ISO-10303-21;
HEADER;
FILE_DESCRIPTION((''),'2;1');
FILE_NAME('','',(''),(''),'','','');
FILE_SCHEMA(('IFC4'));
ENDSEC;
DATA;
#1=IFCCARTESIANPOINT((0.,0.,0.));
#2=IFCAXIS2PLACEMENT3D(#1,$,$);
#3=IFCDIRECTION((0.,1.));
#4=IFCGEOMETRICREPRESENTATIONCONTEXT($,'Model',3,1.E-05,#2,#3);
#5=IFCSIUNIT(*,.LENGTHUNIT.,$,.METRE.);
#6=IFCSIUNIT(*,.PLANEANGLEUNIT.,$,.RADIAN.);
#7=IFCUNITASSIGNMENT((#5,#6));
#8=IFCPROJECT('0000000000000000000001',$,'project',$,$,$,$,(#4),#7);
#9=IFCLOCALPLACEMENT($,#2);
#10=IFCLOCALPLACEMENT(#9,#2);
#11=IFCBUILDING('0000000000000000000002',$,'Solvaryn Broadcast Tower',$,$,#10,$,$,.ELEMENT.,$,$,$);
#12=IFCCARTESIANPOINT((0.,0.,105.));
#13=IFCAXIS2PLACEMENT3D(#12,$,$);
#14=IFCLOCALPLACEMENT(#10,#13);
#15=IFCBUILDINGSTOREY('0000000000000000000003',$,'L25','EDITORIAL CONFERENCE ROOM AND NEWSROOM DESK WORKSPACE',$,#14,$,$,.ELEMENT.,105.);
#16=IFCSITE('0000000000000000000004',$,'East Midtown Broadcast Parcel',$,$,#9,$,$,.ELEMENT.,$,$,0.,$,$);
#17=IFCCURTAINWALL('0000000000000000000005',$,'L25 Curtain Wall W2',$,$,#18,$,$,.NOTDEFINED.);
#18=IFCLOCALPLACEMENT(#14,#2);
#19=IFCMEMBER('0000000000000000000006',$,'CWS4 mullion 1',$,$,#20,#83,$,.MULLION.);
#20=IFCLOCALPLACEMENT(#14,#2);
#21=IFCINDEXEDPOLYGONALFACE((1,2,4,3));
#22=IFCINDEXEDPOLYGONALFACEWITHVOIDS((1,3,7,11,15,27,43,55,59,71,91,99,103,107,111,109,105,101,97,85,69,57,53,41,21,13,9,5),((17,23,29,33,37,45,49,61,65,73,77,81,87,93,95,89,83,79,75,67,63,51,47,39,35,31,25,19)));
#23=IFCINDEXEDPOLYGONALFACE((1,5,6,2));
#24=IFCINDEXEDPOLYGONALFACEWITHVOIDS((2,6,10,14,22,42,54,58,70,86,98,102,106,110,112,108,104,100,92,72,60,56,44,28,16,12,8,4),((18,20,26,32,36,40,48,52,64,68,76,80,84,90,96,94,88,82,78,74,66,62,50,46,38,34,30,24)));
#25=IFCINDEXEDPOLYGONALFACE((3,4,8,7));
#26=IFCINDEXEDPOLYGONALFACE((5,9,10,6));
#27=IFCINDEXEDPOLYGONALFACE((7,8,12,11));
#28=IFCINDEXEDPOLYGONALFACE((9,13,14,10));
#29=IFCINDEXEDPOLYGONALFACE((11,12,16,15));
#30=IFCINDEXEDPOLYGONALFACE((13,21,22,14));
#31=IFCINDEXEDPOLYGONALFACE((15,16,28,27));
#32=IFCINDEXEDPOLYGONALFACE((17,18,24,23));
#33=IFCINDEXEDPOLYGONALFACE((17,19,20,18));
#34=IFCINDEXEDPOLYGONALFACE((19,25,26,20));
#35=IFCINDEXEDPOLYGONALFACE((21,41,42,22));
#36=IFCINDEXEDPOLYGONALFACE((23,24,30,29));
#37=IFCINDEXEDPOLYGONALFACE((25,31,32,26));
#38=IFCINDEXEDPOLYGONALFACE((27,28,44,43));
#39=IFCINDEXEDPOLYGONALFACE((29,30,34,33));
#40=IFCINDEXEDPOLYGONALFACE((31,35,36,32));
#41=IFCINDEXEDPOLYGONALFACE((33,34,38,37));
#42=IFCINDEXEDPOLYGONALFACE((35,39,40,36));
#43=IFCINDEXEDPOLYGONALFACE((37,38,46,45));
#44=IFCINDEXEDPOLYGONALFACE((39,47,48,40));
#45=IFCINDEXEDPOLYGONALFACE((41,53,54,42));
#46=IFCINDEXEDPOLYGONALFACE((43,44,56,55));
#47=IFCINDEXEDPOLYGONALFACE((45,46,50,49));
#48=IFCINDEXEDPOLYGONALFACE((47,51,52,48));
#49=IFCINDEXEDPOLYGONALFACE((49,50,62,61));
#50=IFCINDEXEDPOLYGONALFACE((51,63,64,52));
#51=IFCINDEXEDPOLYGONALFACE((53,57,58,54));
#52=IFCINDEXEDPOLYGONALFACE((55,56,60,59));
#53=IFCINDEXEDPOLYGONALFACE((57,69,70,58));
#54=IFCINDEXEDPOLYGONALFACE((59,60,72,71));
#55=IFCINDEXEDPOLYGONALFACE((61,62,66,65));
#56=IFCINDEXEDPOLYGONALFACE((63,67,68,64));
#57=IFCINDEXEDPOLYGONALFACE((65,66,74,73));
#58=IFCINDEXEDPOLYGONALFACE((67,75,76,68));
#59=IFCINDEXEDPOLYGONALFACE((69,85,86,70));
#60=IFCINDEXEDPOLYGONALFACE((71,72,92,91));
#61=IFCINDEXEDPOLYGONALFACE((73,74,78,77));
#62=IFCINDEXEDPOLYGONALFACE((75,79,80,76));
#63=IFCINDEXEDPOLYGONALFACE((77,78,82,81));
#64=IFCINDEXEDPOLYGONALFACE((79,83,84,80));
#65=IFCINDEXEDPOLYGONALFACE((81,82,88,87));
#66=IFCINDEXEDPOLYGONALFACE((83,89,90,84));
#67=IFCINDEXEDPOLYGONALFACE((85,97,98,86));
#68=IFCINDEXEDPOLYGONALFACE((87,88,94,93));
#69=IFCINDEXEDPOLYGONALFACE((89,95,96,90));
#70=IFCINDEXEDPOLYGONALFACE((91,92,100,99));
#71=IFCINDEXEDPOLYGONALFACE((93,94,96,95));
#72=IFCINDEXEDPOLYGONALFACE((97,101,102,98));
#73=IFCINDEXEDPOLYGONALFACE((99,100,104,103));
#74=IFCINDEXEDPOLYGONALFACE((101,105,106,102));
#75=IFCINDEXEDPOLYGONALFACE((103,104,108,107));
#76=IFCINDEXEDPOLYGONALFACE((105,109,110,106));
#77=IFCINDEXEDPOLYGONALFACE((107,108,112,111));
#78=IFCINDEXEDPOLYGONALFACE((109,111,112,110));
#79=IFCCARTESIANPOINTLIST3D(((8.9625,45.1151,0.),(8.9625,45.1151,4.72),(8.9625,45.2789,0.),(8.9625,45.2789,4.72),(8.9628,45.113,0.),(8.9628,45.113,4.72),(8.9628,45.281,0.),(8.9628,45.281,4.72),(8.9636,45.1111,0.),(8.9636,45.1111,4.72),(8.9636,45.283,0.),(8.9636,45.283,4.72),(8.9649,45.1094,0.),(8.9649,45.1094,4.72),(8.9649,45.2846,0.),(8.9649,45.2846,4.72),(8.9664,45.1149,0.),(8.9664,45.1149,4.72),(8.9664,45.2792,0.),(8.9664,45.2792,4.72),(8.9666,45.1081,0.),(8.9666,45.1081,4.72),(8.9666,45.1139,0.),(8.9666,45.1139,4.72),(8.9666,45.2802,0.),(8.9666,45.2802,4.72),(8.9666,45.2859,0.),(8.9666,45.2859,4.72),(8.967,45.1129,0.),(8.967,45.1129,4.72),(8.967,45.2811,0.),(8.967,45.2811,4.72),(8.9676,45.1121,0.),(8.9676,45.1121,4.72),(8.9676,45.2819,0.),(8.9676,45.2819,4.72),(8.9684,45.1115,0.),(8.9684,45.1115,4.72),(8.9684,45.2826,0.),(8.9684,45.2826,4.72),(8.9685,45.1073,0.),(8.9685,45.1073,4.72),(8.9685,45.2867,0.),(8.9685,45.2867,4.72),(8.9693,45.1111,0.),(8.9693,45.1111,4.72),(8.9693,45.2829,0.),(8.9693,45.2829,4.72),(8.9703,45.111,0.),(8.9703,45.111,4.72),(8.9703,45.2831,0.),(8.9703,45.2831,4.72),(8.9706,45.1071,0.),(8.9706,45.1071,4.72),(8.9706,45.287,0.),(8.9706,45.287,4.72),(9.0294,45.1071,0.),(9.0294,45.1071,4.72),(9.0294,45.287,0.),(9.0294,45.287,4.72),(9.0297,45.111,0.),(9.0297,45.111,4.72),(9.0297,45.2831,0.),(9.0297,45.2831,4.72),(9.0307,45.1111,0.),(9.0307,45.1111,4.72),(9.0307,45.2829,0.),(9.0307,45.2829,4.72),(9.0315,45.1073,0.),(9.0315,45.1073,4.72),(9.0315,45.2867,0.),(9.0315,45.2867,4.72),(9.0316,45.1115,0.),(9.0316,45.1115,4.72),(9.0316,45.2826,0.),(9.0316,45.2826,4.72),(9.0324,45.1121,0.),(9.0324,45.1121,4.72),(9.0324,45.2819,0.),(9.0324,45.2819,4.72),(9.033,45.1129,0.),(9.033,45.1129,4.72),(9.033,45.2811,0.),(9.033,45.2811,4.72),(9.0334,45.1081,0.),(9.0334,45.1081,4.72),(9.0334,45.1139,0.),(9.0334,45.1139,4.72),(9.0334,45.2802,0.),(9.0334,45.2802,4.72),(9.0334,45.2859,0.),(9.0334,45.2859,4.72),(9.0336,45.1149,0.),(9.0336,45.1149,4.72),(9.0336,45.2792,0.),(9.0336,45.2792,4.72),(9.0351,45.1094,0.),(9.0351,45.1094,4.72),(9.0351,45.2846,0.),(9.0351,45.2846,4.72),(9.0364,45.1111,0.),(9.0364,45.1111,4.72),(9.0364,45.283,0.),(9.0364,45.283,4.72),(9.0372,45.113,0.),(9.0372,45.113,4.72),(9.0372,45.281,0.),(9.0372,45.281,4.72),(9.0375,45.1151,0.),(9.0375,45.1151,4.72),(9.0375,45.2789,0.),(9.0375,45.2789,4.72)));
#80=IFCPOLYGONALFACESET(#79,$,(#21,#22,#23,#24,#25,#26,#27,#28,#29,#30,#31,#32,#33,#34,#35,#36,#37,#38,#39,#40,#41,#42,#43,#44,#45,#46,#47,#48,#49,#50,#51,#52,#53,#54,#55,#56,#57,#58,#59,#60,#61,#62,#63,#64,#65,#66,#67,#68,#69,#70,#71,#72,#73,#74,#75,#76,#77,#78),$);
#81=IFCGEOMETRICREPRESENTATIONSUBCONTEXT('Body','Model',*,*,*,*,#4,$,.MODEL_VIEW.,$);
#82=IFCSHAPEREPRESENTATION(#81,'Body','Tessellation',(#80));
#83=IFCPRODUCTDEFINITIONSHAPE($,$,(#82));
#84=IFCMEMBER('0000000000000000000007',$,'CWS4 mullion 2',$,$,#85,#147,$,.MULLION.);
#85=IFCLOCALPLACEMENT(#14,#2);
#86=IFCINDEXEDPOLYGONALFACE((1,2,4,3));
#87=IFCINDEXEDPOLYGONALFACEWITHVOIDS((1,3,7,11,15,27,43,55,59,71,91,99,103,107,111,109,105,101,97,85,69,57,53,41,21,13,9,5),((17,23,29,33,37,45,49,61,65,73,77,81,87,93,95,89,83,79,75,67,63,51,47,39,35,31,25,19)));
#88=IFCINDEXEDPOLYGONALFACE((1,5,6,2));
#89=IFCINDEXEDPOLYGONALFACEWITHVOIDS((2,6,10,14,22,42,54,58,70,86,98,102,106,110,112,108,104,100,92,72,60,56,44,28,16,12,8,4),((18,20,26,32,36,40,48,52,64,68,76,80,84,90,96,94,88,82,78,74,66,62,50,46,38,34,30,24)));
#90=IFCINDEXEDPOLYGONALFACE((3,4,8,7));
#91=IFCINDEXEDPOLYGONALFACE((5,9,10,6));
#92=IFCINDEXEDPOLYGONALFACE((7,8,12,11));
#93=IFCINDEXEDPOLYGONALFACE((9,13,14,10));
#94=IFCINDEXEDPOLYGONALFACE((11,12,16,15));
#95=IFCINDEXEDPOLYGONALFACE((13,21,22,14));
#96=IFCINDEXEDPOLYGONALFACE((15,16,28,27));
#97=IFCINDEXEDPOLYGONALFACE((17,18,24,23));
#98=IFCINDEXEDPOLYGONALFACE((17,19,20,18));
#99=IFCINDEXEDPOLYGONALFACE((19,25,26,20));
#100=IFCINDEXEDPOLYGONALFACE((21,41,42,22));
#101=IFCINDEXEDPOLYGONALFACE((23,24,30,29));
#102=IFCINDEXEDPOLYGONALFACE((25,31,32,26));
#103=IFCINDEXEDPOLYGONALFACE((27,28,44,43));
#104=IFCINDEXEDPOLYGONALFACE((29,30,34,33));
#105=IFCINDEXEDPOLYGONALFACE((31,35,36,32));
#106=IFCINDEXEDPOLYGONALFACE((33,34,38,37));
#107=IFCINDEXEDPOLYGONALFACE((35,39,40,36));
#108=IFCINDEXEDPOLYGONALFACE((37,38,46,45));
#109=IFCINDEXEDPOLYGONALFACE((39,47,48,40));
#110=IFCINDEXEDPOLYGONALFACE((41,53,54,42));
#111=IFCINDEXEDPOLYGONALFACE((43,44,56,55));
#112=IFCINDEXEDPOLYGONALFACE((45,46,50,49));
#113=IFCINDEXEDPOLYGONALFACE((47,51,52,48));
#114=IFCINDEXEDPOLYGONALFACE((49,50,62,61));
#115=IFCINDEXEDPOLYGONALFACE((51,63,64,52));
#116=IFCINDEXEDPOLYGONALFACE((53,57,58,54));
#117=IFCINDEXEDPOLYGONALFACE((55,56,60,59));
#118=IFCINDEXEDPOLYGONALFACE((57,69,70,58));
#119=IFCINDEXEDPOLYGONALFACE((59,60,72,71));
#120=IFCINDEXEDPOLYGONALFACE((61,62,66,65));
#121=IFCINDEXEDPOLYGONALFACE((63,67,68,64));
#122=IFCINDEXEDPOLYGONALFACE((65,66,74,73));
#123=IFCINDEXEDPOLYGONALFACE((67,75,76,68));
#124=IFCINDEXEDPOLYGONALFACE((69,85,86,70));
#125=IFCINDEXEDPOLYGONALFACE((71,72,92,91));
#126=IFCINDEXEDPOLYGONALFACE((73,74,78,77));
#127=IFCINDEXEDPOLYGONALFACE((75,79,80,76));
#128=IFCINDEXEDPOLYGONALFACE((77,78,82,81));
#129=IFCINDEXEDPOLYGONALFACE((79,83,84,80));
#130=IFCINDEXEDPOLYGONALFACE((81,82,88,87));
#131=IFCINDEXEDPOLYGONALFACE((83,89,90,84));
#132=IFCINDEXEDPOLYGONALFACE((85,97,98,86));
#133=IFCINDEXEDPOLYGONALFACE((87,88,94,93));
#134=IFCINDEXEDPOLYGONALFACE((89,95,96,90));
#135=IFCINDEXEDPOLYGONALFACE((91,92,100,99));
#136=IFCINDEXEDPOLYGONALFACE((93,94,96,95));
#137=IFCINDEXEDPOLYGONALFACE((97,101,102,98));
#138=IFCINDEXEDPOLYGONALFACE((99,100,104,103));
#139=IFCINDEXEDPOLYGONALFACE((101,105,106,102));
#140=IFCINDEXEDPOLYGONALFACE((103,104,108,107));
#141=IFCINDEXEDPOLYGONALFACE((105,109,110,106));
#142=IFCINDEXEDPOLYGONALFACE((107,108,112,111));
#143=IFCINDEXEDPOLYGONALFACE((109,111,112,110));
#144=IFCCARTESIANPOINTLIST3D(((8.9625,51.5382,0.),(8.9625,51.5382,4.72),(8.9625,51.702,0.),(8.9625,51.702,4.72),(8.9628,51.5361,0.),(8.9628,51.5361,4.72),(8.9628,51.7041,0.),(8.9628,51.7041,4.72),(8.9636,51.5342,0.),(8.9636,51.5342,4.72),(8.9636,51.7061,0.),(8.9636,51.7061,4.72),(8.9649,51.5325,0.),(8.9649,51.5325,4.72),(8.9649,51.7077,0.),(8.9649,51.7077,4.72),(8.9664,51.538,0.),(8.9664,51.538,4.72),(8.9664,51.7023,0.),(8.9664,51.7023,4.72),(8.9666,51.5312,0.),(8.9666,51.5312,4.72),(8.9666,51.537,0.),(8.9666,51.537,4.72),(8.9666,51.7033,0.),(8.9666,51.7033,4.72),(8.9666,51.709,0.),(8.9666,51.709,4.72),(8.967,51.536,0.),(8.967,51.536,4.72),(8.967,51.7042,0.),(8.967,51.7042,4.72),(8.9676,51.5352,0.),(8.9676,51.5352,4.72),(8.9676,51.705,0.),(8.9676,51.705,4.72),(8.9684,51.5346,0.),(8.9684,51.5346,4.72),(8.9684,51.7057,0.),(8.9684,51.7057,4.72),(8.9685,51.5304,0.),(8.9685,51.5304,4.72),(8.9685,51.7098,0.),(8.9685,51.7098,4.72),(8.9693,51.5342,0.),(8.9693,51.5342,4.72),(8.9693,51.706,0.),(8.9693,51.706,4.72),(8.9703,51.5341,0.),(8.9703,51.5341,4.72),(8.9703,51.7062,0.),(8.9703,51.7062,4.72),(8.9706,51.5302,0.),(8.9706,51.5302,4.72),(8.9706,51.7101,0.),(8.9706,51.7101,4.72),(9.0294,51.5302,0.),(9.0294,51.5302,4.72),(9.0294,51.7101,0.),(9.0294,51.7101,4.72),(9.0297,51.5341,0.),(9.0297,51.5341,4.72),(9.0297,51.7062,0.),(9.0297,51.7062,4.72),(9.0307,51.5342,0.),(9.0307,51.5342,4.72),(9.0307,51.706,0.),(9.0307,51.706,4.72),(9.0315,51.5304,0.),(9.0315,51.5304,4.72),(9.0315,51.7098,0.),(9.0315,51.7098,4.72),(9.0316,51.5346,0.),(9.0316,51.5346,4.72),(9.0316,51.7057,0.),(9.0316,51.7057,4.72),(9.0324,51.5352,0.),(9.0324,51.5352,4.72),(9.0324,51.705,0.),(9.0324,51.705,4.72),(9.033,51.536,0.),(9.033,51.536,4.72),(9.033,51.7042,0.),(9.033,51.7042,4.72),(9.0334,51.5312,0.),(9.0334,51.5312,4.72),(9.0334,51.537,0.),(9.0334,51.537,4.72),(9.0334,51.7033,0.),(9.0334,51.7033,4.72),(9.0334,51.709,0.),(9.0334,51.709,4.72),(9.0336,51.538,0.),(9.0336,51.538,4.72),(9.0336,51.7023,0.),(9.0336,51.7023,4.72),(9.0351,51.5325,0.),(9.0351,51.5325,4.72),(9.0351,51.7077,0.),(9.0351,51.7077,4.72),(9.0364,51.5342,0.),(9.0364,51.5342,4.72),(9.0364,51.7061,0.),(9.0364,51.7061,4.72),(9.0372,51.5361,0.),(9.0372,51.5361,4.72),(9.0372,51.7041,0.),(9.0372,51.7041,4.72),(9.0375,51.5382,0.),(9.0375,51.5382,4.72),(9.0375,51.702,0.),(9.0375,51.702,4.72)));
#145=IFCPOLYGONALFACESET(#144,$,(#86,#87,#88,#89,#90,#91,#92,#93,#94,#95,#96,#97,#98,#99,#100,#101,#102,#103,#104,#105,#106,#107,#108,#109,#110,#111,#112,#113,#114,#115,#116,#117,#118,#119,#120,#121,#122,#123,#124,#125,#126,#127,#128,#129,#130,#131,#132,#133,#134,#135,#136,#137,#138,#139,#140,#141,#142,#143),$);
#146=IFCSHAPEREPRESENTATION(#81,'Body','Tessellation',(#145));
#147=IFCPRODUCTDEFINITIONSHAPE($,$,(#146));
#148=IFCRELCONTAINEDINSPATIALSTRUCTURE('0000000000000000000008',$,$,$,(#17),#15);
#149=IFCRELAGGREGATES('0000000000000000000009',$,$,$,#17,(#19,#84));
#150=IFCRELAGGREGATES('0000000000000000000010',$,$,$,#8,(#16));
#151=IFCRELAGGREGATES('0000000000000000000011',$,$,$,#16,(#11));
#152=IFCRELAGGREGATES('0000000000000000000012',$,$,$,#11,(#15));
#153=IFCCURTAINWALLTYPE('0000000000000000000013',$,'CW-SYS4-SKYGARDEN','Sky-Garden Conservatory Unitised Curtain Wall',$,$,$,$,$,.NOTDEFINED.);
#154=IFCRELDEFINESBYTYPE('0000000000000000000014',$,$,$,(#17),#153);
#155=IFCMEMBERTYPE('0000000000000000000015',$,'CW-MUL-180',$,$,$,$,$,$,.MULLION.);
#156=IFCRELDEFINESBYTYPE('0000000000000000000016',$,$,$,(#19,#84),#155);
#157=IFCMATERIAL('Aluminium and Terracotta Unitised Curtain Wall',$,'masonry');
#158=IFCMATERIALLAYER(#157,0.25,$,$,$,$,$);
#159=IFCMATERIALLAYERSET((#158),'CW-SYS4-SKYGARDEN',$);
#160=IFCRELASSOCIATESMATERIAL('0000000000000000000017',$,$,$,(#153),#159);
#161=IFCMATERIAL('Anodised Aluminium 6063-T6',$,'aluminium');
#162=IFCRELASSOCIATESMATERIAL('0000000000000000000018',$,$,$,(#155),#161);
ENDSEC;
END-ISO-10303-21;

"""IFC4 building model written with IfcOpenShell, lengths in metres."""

from ifc_helpers import new_model, si_unit, direction, frame, origin, origin_2d, place, context, subcontext, project, spatial, hollow_rectangle, extrude, material, layer, layer_set, material_profile, profile_set, type_object, element, aggregate, save


model = new_model("IFC4")

# Units and contexts
model_context = context("Model", 3, precision=1e-05, world=origin(), true_north=direction((0.0, 1.0)))
body_context = subcontext(model_context, "Body", "Model", "MODEL_VIEW")
ifc_project = project(units=[si_unit("LENGTHUNIT", "METRE"), si_unit("PLANEANGLEUNIT", "RADIAN")], contexts=[model_context])

# Site, building, storey
site_placement = place(None, origin())
site = spatial("IfcSite", under=ifc_project, at=site_placement, Name="East Midtown Broadcast Parcel", CompositionType="ELEMENT", RefElevation=0.0)
building_placement = place(site_placement, origin())
building = spatial("IfcBuilding", under=site, at=building_placement, Name="Solvaryn Broadcast Tower", CompositionType="ELEMENT")
storey_placement = place(building_placement, frame((0.0, 0.0, 105.0)))
storey = spatial("IfcBuildingStorey", under=building, at=storey_placement, Name="L25", Description="EDITORIAL CONFERENCE ROOM AND NEWSROOM DESK WORKSPACE", CompositionType="ELEMENT", Elevation=105.0)

# Shared definitions
ifc_material_1 = material(Name="Aluminium and Terracotta Unitised Curtain Wall", Category="masonry")
ifc_layer_1 = layer(ifc_material_1, 0.25)
ifc_layer_set_1 = layer_set([ifc_layer_1], Name="CW-SYS4-SKYGARDEN")
curtain_wall_type = type_object("IfcCurtainWallType", Name="CW-SYS4-SKYGARDEN", Description="Sky-Garden Conservatory Unitised Curtain Wall", PredefinedType="NOTDEFINED", material=ifc_layer_set_1)
ifc_material_2 = material(Name="Anodised Aluminium 6063-T6", Category="aluminium")
ifc_material_profile_1 = material_profile(ifc_material_2, hollow_rectangle(XDim=0.075, YDim=0.1799, WallThickness=0.0039, InnerFilletRadius=0.0039, OuterFilletRadius=0.0081, at=origin_2d()))
ifc_profile_set_1 = profile_set([ifc_material_profile_1], Name="Anodised Aluminium 6063-T6")
member_type_1 = type_object("IfcMemberType", Name="CW-MUL-180", PredefinedType="MULLION", material=ifc_profile_set_1)

# Curtain wall, members
curtain_wall_1_placement = place(storey_placement, origin())
curtain_wall_1 = element("IfcCurtainWall", 1, at=curtain_wall_1_placement, inside=storey, type_object=curtain_wall_type, Name="L25 Curtain Wall W2", PredefinedType="NOTDEFINED")
member_1_placement = place(storey_placement, frame((9.0, 45.197, 0.0), z_axis=(0.0, 0.0, 1.0), x_axis=(-1.0, 0.0, 0.0)))
member_1 = element("IfcMember", 2, at=member_1_placement, type_object=member_type_1, Name="CWS4 mullion 1", PredefinedType="MULLION", context=body_context, shape_type="SweptSolid", body=[
    extrude(hollow_rectangle(XDim=0.075, YDim=0.1799, WallThickness=0.0039, InnerFilletRadius=0.0039, OuterFilletRadius=0.0081, at=origin_2d()), origin(), (0.0, 0.0, 1.0), 4.72),
])
member_2_placement = place(storey_placement, frame((9.0, 51.6201, 0.0), z_axis=(0.0, 0.0, 1.0), x_axis=(-1.0, 0.0, 0.0)))
member_2 = element("IfcMember", 3, at=member_2_placement, type_object=member_type_1, Name="CWS4 mullion 2", PredefinedType="MULLION", context=body_context, shape_type="SweptSolid", body=[
    extrude(hollow_rectangle(XDim=0.075, YDim=0.1799, WallThickness=0.0039, InnerFilletRadius=0.0039, OuterFilletRadius=0.0081, at=origin_2d()), origin(), (0.0, 0.0, 1.0), 4.72),
])

aggregate(curtain_wall_1, [member_1, member_2])

save(model, "model.ifc")
